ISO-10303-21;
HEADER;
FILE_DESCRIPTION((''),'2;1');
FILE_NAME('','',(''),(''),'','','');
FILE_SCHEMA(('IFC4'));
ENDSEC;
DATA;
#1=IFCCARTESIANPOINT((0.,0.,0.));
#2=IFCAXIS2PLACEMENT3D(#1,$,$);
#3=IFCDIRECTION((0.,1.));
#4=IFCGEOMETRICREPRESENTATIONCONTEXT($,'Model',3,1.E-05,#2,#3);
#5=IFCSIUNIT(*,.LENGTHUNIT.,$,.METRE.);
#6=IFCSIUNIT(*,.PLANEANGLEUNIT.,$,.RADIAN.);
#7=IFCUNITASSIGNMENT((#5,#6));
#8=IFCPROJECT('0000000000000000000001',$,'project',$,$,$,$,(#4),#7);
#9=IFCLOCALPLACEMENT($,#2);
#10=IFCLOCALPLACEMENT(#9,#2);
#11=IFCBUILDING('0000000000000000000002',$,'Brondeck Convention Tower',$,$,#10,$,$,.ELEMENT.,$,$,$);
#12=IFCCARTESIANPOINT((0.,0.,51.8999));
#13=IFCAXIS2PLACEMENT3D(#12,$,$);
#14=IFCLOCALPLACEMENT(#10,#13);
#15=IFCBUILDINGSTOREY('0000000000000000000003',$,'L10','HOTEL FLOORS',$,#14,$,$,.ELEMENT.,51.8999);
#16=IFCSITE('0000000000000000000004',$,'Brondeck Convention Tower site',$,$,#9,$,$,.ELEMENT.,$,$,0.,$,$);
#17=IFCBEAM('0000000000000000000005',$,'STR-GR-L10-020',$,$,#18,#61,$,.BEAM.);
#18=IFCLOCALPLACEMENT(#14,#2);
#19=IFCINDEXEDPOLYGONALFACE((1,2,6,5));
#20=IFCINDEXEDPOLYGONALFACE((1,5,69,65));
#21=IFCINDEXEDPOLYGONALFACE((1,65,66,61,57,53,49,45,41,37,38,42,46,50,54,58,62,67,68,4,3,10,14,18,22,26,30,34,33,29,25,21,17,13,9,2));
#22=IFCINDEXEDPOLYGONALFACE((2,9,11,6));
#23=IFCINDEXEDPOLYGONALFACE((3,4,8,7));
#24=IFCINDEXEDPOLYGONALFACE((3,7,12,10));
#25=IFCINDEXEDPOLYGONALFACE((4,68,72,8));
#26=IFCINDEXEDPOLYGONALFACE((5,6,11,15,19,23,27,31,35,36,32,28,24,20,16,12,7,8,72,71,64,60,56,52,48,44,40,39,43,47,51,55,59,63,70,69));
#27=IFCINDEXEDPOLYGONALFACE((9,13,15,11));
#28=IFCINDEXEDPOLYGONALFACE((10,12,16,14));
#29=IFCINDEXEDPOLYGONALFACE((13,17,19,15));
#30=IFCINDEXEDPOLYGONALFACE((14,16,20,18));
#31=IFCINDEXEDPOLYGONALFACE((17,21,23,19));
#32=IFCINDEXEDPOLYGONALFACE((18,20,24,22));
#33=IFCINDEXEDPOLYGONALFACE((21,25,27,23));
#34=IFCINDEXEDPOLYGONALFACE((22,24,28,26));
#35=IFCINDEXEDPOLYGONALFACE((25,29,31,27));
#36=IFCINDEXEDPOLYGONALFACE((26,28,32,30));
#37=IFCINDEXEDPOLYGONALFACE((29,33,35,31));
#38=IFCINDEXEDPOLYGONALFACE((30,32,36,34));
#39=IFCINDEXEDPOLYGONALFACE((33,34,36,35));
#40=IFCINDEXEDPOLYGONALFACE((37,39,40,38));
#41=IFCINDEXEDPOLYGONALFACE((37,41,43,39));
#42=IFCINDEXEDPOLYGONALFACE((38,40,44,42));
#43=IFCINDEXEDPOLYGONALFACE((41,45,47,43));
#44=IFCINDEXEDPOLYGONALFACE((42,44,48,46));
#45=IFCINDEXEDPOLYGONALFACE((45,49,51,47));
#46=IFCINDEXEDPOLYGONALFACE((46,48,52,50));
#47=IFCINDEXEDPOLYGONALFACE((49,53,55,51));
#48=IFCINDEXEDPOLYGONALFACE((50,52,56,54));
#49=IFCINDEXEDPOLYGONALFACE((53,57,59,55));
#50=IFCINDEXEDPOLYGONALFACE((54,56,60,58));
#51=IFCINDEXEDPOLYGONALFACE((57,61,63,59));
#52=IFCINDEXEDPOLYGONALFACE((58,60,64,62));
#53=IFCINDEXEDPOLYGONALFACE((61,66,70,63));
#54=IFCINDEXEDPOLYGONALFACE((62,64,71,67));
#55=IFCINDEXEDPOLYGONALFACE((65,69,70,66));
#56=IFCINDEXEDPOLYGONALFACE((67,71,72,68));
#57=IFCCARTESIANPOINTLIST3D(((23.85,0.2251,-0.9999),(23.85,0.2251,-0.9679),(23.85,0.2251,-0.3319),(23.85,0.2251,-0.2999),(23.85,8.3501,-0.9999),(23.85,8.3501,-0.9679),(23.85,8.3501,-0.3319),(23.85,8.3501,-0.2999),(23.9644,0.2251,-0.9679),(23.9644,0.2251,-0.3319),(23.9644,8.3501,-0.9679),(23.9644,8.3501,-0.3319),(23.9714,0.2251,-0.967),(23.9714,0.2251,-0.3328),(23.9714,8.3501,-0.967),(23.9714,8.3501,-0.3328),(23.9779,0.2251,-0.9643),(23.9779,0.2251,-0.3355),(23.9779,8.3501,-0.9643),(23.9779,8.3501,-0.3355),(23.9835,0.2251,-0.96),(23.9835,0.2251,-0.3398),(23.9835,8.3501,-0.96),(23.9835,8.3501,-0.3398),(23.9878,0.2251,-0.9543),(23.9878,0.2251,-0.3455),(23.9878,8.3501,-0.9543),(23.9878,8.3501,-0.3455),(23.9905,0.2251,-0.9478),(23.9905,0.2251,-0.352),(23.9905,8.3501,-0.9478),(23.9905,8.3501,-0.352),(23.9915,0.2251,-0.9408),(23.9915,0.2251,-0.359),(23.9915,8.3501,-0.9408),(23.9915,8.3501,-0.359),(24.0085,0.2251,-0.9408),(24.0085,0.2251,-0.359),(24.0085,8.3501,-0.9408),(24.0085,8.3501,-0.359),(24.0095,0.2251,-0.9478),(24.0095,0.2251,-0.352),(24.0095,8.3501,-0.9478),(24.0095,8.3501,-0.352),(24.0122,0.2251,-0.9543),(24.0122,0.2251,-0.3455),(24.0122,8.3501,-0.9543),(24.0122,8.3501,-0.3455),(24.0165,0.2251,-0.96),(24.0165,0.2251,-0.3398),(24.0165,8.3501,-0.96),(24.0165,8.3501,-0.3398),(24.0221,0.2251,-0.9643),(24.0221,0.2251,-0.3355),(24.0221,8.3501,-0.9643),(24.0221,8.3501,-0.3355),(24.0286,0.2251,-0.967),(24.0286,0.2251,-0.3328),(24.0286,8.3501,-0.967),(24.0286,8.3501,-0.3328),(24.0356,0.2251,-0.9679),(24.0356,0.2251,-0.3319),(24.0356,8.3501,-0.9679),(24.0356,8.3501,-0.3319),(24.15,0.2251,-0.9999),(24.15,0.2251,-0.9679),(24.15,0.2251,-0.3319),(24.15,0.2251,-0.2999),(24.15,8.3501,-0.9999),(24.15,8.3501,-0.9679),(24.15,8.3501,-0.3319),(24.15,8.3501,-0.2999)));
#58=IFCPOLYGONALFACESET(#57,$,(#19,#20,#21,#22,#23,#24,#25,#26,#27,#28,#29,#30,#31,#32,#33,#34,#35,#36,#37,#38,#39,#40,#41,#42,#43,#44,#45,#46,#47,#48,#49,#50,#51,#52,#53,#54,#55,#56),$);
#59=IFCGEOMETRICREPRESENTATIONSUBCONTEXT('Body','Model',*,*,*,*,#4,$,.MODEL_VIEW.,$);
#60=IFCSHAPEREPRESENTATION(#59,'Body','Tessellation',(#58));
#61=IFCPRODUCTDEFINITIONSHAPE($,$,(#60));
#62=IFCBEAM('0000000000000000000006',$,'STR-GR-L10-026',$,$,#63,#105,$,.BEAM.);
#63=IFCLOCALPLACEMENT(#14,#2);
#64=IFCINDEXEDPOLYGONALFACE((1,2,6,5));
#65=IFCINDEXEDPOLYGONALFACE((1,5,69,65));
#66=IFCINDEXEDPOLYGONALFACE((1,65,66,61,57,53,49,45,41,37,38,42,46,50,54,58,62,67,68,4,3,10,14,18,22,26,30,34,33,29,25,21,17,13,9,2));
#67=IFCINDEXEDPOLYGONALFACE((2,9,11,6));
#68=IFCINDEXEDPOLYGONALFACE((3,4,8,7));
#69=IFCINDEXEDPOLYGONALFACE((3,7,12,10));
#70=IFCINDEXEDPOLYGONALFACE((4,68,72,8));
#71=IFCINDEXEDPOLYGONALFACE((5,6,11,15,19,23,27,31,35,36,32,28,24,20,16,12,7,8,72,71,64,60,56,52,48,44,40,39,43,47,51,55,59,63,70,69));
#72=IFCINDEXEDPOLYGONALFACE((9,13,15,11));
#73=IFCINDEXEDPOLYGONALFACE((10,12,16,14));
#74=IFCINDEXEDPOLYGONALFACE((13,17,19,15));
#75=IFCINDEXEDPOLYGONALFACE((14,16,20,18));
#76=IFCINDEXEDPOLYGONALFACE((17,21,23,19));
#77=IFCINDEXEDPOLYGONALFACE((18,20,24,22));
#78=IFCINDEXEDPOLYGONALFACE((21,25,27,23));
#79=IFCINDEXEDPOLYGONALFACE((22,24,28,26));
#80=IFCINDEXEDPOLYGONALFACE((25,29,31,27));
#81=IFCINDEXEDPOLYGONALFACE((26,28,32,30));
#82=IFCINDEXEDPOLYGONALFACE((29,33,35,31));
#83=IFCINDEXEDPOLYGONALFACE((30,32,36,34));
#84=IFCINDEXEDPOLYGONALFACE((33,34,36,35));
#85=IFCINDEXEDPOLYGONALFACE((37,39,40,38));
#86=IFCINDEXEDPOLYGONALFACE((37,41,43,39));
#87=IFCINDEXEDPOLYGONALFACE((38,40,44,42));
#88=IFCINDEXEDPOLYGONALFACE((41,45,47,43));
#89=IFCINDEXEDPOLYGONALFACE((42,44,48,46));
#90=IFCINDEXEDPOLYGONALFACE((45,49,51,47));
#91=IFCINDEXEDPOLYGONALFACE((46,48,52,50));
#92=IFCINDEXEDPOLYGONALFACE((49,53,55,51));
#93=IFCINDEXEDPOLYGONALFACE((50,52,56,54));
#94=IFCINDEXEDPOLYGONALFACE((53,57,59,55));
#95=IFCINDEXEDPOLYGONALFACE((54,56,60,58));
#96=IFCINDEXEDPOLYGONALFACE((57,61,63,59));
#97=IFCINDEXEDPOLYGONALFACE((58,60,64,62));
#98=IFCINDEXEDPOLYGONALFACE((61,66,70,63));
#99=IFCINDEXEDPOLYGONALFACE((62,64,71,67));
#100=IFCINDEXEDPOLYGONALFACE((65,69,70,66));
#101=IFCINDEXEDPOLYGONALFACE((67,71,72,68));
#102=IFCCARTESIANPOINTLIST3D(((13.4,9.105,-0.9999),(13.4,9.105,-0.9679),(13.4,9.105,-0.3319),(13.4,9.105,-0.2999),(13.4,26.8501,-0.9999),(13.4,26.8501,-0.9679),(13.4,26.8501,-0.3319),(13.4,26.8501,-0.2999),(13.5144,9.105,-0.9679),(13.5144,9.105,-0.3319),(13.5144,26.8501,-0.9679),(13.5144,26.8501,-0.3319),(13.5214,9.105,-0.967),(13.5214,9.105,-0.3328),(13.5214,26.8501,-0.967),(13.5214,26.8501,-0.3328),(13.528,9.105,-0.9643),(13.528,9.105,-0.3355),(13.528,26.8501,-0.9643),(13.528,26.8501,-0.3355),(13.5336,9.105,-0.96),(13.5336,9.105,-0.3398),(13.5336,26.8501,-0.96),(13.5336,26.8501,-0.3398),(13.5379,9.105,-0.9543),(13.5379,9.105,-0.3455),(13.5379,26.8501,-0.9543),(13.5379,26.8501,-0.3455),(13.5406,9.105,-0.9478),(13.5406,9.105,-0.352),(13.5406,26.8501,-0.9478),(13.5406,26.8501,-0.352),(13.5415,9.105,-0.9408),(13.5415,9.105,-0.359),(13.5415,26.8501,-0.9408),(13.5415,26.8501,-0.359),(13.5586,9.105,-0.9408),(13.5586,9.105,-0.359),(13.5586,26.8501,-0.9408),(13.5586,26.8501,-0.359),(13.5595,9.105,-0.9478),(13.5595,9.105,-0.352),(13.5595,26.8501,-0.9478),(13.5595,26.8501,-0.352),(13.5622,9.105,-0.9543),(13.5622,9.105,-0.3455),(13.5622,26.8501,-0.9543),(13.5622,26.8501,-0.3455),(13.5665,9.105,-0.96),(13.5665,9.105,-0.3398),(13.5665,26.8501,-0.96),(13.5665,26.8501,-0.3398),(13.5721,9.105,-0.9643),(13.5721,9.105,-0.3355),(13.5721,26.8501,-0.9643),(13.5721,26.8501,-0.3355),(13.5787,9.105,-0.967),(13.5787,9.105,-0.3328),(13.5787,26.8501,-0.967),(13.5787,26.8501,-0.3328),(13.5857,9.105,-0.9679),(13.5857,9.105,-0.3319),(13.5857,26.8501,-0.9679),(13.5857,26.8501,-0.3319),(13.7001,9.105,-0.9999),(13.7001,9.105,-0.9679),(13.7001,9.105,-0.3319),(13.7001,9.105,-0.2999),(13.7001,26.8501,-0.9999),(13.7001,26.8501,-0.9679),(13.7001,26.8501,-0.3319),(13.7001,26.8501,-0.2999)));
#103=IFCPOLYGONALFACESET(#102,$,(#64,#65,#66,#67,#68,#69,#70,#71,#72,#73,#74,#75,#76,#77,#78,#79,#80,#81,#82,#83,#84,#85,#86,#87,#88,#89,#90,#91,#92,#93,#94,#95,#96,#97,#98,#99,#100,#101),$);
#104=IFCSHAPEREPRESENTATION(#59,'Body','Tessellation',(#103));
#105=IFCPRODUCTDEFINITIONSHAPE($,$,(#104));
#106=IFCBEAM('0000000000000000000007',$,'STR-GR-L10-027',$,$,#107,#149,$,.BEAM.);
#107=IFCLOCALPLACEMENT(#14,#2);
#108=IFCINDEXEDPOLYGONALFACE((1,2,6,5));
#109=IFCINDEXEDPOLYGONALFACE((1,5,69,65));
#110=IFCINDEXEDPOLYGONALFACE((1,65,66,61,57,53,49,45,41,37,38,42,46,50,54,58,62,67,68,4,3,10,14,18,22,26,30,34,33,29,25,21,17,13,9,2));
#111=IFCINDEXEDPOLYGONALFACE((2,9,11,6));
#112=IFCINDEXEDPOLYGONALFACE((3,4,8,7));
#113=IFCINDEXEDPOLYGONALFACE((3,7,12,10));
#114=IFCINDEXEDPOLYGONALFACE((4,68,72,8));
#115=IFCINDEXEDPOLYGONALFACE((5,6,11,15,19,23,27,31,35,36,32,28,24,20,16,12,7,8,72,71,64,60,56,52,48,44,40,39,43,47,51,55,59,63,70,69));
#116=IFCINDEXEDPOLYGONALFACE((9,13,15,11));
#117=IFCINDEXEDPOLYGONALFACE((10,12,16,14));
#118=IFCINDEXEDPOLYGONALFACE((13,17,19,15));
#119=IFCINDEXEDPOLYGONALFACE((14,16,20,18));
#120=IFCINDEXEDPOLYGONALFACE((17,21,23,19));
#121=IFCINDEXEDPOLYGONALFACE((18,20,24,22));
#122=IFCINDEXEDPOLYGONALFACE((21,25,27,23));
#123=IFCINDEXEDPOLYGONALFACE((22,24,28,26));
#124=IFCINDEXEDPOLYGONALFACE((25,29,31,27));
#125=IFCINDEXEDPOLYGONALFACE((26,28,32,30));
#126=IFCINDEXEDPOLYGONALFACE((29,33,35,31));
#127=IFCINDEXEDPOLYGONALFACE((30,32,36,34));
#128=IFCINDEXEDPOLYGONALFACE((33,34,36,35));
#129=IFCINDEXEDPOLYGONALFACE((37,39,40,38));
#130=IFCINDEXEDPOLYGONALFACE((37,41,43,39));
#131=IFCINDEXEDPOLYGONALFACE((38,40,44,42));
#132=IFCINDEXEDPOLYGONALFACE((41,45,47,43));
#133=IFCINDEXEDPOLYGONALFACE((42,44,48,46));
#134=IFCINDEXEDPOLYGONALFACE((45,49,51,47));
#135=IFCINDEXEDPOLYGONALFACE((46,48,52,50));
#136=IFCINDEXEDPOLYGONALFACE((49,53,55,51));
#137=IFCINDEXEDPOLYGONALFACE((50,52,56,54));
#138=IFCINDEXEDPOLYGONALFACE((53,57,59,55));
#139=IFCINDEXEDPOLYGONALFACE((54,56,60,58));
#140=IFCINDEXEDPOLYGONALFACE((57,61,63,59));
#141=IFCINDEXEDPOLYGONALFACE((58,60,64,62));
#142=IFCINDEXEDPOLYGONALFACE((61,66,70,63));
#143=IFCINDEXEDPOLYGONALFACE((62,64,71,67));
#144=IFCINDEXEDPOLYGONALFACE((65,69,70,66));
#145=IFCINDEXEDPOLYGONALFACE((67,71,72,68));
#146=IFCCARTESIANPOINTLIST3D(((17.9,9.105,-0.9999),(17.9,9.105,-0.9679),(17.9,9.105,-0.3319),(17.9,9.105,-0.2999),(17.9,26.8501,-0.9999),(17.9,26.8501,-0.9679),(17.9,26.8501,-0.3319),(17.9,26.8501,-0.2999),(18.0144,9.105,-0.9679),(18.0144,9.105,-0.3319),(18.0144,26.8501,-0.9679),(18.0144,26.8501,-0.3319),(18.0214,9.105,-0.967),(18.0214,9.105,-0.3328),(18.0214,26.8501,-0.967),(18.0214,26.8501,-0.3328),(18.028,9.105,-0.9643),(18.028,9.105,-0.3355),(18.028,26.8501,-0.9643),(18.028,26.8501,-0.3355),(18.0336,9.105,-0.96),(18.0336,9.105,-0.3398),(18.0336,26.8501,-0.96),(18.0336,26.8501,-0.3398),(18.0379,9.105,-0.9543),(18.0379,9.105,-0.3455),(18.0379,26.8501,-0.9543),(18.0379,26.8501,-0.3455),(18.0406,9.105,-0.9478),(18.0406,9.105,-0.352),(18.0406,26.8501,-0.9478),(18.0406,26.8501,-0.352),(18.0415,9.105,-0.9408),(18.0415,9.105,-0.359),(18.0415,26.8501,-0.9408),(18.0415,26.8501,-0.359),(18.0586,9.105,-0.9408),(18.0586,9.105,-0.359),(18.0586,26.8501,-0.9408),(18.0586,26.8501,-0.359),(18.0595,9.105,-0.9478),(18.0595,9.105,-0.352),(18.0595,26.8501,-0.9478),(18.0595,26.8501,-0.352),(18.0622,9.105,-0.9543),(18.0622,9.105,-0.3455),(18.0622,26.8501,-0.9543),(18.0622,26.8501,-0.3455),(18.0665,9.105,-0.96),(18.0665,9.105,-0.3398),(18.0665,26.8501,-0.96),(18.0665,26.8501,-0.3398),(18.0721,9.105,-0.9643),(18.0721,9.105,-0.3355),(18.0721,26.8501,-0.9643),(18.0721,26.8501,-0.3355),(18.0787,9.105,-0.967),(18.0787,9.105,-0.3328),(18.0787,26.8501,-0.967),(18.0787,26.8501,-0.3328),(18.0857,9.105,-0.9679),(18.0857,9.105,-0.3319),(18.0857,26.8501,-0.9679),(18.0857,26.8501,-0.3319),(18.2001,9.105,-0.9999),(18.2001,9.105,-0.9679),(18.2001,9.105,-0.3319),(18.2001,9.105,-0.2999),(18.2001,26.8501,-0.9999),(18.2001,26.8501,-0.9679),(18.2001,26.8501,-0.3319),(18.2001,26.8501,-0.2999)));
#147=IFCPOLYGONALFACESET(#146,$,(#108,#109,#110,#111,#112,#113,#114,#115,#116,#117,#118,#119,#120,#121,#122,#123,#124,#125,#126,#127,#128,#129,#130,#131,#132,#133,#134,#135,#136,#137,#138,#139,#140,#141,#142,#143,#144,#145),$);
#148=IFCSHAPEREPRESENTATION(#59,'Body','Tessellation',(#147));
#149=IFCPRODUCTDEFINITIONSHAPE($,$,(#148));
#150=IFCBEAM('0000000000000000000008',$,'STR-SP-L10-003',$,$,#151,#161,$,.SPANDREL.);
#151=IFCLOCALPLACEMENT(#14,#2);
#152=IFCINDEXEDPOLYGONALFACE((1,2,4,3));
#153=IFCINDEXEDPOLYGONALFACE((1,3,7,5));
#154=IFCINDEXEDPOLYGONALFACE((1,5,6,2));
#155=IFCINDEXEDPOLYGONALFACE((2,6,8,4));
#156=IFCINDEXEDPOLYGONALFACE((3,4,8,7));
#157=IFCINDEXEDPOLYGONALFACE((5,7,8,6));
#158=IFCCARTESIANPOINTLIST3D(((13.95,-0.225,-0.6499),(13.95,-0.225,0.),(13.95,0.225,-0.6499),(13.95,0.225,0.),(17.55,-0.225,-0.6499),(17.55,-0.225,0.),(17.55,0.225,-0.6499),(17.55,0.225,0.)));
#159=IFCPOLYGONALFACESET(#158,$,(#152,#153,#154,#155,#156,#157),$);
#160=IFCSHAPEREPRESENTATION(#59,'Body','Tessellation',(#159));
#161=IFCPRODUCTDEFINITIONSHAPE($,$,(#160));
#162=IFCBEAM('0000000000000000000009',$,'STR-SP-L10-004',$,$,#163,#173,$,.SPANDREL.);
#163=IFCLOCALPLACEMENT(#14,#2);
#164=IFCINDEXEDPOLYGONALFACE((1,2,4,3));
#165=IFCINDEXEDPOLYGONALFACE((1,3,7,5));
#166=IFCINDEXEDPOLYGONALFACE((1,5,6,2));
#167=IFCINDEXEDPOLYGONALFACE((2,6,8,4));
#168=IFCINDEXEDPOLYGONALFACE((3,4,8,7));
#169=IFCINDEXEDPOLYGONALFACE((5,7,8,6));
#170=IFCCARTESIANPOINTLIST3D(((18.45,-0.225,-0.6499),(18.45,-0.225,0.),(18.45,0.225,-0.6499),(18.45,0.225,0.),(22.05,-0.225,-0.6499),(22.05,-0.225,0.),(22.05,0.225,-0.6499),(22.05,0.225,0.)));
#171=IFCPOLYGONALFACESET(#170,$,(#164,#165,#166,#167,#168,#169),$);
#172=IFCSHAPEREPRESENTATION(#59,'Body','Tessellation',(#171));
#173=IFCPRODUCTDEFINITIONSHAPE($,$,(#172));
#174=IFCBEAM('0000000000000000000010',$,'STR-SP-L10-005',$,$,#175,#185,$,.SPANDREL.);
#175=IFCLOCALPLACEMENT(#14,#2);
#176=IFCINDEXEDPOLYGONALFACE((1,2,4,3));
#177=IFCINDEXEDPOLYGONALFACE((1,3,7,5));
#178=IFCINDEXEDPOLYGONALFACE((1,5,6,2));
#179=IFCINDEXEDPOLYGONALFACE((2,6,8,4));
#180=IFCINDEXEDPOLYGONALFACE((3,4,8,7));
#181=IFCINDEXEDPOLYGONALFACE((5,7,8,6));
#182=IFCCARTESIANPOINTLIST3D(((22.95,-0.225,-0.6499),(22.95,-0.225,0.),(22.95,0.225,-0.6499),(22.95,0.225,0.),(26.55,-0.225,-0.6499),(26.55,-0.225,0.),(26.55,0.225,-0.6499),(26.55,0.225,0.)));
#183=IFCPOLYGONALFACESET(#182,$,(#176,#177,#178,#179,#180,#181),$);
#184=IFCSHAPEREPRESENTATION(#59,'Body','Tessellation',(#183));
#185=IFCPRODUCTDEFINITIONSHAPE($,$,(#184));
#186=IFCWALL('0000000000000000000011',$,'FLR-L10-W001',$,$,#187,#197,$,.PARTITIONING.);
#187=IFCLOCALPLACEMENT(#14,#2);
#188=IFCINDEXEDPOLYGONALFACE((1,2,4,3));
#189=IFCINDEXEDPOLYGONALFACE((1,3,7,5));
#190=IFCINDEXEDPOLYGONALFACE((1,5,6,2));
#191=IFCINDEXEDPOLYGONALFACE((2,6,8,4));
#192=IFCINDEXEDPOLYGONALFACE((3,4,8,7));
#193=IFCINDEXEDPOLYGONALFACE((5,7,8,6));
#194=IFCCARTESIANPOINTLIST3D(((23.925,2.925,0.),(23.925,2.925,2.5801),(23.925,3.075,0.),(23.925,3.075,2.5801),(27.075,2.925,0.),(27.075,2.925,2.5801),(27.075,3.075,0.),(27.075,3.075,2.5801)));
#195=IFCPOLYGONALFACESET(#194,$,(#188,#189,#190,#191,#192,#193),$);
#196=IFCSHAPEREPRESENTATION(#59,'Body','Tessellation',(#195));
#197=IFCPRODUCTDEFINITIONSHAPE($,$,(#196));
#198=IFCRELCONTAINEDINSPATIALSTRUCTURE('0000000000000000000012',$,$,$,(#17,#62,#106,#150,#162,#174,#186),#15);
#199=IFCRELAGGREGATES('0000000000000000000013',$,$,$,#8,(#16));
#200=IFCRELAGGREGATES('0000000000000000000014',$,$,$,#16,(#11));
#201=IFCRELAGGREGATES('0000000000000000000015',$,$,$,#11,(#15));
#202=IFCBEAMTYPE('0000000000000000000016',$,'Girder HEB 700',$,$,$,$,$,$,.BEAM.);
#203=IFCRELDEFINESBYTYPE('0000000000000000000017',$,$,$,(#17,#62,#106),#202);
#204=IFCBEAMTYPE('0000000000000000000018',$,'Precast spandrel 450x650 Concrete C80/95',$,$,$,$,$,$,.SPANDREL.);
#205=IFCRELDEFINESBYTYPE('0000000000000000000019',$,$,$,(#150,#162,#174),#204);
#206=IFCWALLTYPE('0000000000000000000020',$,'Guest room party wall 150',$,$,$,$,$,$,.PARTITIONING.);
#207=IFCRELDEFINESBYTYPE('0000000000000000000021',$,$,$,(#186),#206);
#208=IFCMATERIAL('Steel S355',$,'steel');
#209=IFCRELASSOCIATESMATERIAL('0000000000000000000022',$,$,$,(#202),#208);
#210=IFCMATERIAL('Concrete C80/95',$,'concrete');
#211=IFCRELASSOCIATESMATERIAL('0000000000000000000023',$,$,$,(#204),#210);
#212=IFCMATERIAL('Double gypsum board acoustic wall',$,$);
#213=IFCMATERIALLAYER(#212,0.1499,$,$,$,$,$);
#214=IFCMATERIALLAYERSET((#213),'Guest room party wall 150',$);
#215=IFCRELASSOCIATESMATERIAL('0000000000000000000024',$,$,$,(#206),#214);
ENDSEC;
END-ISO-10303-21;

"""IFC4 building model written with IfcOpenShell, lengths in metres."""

from ifc_helpers import new_model, si_unit, direction, frame, frame_2d, origin, origin_2d, place, context, subcontext, project, spatial, rectangle, i_section, extrude, material, layer, layer_set, material_profile, profile_set, type_object, element, save


model = new_model("IFC4")

# Units and contexts
model_context = context("Model", 3, precision=1e-05, world=origin(), true_north=direction((0.0, 1.0)))
body_context = subcontext(model_context, "Body", "Model", "MODEL_VIEW")
ifc_project = project(units=[si_unit("LENGTHUNIT", "METRE"), si_unit("PLANEANGLEUNIT", "RADIAN")], contexts=[model_context])

# Site, building, storey
site_placement = place(None, origin())
site = spatial("IfcSite", under=ifc_project, at=site_placement, Name="Brondeck Convention Tower site", CompositionType="ELEMENT", RefElevation=0.0)
building_placement = place(site_placement, origin())
building = spatial("IfcBuilding", under=site, at=building_placement, Name="Brondeck Convention Tower", CompositionType="ELEMENT")
storey_placement = place(building_placement, frame((0.0, 0.0, 51.8999)))
storey = spatial("IfcBuildingStorey", under=building, at=storey_placement, Name="L10", Description="HOTEL FLOORS", CompositionType="ELEMENT", Elevation=51.8999)

# Shared definitions
ifc_material_1 = material(Name="Concrete C80/95", Category="concrete")

# Beams
ifc_material_2 = material(Name="Steel S355", Category="steel")
ifc_material_profile_1 = material_profile(ifc_material_2, i_section(OverallWidth=0.3, OverallDepth=0.7, WebThickness=0.0171, FlangeThickness=0.032, FilletRadius=0.0271, at=origin_2d()), Name="HEB 700")
ifc_profile_set_1 = profile_set([ifc_material_profile_1], Name="Steel S355")
beam_type_1 = type_object("IfcBeamType", Name="Girder HEB 700", PredefinedType="BEAM", material=ifc_profile_set_1)
beam_1_placement = place(storey_placement, frame((24.0, 8.3501, -0.6499), z_axis=(0.0, -1.0, 0.0), x_axis=(1.0, 0.0, 0.0)))
element("IfcBeam", 1, at=beam_1_placement, inside=storey, type_object=beam_type_1, Name="STR-GR-L10-020", PredefinedType="BEAM", context=body_context, shape_type="SweptSolid", body=[
    extrude(i_section(OverallWidth=0.3, OverallDepth=0.7, WebThickness=0.0171, FlangeThickness=0.032, FilletRadius=0.0271, at=origin_2d()), origin(), (0.0, 0.0, 1.0), 8.125),
])
for number, where, z_axis, x_axis, name in (
    (2, (13.55, 9.105, -0.6499), (0.0, 1.0, 0.0), (-1.0, 0.0, 0.0), "STR-GR-L10-026"),
    (3, (18.05, 9.105, -0.6499), (0.0, 1.0, 0.0), (-1.0, 0.0, 0.0), "STR-GR-L10-027"),
):
    element("IfcBeam", number, at=place(storey_placement, frame(where, z_axis=z_axis, x_axis=x_axis)), inside=storey, type_object=beam_type_1, Name=name, PredefinedType="BEAM", context=body_context, shape_type="SweptSolid", body=[
        extrude(i_section(OverallWidth=0.3, OverallDepth=0.7, WebThickness=0.0171, FlangeThickness=0.032, FilletRadius=0.0271, at=origin_2d()), origin(), (0.0, 0.0, 1.0), 17.7451),
    ])
ifc_material_profile_2 = material_profile(ifc_material_1, rectangle(XDim=0.45, YDim=0.6499, at=origin_2d()), Name="Precast spandrel 450x650 Concrete C80/95")
ifc_profile_set_2 = profile_set([ifc_material_profile_2], Name="Concrete C80/95")
beam_type_2 = type_object("IfcBeamType", Name="Precast spandrel 450x650 Concrete C80/95", PredefinedType="SPANDREL", material=ifc_profile_set_2)
for number, where, z_axis, x_axis, name in (
    (4, (13.95, 0.0, -0.325), (1.0, 0.0, 0.0), (0.0, 1.0, 0.0), "STR-SP-L10-003"),
    (5, (18.45, 0.0, -0.325), (1.0, 0.0, 0.0), (0.0, 1.0, 0.0), "STR-SP-L10-004"),
    (6, (22.95, 0.0, -0.325), (1.0, 0.0, 0.0), (0.0, 1.0, 0.0), "STR-SP-L10-005"),
):
    element("IfcBeam", number, at=place(storey_placement, frame(where, z_axis=z_axis, x_axis=x_axis)), inside=storey, type_object=beam_type_2, Name=name, PredefinedType="SPANDREL", context=body_context, shape_type="SweptSolid", body=[
        extrude(rectangle(XDim=0.45, YDim=0.6499, at=origin_2d()), origin(), (0.0, 0.0, 1.0), 3.6001),
    ])

# Wall
ifc_material_3 = material(Name="Double gypsum board acoustic wall")
ifc_layer_1 = layer(ifc_material_3, 0.1499)
ifc_layer_set_1 = layer_set([ifc_layer_1], Name="Guest room party wall 150")
wall_type_1 = type_object("IfcWallType", Name="Guest room party wall 150", PredefinedType="PARTITIONING", material=ifc_layer_set_1)
wall_1_placement = place(storey_placement, frame((23.925, 3.0, 0.0), z_axis=(0.0, 0.0, 1.0), x_axis=(1.0, 0.0, 0.0)))
element("IfcWall", 7, at=wall_1_placement, inside=storey, type_object=wall_type_1, Name="FLR-L10-W001", PredefinedType="PARTITIONING", context=body_context, shape_type="SweptSolid", body=[
    extrude(rectangle(XDim=3.1499, YDim=0.1499, at=frame_2d((1.575, 0.0))), origin(), (0.0, 0.0, 1.0), 2.5801),
])

save(model, "model.ifc")
